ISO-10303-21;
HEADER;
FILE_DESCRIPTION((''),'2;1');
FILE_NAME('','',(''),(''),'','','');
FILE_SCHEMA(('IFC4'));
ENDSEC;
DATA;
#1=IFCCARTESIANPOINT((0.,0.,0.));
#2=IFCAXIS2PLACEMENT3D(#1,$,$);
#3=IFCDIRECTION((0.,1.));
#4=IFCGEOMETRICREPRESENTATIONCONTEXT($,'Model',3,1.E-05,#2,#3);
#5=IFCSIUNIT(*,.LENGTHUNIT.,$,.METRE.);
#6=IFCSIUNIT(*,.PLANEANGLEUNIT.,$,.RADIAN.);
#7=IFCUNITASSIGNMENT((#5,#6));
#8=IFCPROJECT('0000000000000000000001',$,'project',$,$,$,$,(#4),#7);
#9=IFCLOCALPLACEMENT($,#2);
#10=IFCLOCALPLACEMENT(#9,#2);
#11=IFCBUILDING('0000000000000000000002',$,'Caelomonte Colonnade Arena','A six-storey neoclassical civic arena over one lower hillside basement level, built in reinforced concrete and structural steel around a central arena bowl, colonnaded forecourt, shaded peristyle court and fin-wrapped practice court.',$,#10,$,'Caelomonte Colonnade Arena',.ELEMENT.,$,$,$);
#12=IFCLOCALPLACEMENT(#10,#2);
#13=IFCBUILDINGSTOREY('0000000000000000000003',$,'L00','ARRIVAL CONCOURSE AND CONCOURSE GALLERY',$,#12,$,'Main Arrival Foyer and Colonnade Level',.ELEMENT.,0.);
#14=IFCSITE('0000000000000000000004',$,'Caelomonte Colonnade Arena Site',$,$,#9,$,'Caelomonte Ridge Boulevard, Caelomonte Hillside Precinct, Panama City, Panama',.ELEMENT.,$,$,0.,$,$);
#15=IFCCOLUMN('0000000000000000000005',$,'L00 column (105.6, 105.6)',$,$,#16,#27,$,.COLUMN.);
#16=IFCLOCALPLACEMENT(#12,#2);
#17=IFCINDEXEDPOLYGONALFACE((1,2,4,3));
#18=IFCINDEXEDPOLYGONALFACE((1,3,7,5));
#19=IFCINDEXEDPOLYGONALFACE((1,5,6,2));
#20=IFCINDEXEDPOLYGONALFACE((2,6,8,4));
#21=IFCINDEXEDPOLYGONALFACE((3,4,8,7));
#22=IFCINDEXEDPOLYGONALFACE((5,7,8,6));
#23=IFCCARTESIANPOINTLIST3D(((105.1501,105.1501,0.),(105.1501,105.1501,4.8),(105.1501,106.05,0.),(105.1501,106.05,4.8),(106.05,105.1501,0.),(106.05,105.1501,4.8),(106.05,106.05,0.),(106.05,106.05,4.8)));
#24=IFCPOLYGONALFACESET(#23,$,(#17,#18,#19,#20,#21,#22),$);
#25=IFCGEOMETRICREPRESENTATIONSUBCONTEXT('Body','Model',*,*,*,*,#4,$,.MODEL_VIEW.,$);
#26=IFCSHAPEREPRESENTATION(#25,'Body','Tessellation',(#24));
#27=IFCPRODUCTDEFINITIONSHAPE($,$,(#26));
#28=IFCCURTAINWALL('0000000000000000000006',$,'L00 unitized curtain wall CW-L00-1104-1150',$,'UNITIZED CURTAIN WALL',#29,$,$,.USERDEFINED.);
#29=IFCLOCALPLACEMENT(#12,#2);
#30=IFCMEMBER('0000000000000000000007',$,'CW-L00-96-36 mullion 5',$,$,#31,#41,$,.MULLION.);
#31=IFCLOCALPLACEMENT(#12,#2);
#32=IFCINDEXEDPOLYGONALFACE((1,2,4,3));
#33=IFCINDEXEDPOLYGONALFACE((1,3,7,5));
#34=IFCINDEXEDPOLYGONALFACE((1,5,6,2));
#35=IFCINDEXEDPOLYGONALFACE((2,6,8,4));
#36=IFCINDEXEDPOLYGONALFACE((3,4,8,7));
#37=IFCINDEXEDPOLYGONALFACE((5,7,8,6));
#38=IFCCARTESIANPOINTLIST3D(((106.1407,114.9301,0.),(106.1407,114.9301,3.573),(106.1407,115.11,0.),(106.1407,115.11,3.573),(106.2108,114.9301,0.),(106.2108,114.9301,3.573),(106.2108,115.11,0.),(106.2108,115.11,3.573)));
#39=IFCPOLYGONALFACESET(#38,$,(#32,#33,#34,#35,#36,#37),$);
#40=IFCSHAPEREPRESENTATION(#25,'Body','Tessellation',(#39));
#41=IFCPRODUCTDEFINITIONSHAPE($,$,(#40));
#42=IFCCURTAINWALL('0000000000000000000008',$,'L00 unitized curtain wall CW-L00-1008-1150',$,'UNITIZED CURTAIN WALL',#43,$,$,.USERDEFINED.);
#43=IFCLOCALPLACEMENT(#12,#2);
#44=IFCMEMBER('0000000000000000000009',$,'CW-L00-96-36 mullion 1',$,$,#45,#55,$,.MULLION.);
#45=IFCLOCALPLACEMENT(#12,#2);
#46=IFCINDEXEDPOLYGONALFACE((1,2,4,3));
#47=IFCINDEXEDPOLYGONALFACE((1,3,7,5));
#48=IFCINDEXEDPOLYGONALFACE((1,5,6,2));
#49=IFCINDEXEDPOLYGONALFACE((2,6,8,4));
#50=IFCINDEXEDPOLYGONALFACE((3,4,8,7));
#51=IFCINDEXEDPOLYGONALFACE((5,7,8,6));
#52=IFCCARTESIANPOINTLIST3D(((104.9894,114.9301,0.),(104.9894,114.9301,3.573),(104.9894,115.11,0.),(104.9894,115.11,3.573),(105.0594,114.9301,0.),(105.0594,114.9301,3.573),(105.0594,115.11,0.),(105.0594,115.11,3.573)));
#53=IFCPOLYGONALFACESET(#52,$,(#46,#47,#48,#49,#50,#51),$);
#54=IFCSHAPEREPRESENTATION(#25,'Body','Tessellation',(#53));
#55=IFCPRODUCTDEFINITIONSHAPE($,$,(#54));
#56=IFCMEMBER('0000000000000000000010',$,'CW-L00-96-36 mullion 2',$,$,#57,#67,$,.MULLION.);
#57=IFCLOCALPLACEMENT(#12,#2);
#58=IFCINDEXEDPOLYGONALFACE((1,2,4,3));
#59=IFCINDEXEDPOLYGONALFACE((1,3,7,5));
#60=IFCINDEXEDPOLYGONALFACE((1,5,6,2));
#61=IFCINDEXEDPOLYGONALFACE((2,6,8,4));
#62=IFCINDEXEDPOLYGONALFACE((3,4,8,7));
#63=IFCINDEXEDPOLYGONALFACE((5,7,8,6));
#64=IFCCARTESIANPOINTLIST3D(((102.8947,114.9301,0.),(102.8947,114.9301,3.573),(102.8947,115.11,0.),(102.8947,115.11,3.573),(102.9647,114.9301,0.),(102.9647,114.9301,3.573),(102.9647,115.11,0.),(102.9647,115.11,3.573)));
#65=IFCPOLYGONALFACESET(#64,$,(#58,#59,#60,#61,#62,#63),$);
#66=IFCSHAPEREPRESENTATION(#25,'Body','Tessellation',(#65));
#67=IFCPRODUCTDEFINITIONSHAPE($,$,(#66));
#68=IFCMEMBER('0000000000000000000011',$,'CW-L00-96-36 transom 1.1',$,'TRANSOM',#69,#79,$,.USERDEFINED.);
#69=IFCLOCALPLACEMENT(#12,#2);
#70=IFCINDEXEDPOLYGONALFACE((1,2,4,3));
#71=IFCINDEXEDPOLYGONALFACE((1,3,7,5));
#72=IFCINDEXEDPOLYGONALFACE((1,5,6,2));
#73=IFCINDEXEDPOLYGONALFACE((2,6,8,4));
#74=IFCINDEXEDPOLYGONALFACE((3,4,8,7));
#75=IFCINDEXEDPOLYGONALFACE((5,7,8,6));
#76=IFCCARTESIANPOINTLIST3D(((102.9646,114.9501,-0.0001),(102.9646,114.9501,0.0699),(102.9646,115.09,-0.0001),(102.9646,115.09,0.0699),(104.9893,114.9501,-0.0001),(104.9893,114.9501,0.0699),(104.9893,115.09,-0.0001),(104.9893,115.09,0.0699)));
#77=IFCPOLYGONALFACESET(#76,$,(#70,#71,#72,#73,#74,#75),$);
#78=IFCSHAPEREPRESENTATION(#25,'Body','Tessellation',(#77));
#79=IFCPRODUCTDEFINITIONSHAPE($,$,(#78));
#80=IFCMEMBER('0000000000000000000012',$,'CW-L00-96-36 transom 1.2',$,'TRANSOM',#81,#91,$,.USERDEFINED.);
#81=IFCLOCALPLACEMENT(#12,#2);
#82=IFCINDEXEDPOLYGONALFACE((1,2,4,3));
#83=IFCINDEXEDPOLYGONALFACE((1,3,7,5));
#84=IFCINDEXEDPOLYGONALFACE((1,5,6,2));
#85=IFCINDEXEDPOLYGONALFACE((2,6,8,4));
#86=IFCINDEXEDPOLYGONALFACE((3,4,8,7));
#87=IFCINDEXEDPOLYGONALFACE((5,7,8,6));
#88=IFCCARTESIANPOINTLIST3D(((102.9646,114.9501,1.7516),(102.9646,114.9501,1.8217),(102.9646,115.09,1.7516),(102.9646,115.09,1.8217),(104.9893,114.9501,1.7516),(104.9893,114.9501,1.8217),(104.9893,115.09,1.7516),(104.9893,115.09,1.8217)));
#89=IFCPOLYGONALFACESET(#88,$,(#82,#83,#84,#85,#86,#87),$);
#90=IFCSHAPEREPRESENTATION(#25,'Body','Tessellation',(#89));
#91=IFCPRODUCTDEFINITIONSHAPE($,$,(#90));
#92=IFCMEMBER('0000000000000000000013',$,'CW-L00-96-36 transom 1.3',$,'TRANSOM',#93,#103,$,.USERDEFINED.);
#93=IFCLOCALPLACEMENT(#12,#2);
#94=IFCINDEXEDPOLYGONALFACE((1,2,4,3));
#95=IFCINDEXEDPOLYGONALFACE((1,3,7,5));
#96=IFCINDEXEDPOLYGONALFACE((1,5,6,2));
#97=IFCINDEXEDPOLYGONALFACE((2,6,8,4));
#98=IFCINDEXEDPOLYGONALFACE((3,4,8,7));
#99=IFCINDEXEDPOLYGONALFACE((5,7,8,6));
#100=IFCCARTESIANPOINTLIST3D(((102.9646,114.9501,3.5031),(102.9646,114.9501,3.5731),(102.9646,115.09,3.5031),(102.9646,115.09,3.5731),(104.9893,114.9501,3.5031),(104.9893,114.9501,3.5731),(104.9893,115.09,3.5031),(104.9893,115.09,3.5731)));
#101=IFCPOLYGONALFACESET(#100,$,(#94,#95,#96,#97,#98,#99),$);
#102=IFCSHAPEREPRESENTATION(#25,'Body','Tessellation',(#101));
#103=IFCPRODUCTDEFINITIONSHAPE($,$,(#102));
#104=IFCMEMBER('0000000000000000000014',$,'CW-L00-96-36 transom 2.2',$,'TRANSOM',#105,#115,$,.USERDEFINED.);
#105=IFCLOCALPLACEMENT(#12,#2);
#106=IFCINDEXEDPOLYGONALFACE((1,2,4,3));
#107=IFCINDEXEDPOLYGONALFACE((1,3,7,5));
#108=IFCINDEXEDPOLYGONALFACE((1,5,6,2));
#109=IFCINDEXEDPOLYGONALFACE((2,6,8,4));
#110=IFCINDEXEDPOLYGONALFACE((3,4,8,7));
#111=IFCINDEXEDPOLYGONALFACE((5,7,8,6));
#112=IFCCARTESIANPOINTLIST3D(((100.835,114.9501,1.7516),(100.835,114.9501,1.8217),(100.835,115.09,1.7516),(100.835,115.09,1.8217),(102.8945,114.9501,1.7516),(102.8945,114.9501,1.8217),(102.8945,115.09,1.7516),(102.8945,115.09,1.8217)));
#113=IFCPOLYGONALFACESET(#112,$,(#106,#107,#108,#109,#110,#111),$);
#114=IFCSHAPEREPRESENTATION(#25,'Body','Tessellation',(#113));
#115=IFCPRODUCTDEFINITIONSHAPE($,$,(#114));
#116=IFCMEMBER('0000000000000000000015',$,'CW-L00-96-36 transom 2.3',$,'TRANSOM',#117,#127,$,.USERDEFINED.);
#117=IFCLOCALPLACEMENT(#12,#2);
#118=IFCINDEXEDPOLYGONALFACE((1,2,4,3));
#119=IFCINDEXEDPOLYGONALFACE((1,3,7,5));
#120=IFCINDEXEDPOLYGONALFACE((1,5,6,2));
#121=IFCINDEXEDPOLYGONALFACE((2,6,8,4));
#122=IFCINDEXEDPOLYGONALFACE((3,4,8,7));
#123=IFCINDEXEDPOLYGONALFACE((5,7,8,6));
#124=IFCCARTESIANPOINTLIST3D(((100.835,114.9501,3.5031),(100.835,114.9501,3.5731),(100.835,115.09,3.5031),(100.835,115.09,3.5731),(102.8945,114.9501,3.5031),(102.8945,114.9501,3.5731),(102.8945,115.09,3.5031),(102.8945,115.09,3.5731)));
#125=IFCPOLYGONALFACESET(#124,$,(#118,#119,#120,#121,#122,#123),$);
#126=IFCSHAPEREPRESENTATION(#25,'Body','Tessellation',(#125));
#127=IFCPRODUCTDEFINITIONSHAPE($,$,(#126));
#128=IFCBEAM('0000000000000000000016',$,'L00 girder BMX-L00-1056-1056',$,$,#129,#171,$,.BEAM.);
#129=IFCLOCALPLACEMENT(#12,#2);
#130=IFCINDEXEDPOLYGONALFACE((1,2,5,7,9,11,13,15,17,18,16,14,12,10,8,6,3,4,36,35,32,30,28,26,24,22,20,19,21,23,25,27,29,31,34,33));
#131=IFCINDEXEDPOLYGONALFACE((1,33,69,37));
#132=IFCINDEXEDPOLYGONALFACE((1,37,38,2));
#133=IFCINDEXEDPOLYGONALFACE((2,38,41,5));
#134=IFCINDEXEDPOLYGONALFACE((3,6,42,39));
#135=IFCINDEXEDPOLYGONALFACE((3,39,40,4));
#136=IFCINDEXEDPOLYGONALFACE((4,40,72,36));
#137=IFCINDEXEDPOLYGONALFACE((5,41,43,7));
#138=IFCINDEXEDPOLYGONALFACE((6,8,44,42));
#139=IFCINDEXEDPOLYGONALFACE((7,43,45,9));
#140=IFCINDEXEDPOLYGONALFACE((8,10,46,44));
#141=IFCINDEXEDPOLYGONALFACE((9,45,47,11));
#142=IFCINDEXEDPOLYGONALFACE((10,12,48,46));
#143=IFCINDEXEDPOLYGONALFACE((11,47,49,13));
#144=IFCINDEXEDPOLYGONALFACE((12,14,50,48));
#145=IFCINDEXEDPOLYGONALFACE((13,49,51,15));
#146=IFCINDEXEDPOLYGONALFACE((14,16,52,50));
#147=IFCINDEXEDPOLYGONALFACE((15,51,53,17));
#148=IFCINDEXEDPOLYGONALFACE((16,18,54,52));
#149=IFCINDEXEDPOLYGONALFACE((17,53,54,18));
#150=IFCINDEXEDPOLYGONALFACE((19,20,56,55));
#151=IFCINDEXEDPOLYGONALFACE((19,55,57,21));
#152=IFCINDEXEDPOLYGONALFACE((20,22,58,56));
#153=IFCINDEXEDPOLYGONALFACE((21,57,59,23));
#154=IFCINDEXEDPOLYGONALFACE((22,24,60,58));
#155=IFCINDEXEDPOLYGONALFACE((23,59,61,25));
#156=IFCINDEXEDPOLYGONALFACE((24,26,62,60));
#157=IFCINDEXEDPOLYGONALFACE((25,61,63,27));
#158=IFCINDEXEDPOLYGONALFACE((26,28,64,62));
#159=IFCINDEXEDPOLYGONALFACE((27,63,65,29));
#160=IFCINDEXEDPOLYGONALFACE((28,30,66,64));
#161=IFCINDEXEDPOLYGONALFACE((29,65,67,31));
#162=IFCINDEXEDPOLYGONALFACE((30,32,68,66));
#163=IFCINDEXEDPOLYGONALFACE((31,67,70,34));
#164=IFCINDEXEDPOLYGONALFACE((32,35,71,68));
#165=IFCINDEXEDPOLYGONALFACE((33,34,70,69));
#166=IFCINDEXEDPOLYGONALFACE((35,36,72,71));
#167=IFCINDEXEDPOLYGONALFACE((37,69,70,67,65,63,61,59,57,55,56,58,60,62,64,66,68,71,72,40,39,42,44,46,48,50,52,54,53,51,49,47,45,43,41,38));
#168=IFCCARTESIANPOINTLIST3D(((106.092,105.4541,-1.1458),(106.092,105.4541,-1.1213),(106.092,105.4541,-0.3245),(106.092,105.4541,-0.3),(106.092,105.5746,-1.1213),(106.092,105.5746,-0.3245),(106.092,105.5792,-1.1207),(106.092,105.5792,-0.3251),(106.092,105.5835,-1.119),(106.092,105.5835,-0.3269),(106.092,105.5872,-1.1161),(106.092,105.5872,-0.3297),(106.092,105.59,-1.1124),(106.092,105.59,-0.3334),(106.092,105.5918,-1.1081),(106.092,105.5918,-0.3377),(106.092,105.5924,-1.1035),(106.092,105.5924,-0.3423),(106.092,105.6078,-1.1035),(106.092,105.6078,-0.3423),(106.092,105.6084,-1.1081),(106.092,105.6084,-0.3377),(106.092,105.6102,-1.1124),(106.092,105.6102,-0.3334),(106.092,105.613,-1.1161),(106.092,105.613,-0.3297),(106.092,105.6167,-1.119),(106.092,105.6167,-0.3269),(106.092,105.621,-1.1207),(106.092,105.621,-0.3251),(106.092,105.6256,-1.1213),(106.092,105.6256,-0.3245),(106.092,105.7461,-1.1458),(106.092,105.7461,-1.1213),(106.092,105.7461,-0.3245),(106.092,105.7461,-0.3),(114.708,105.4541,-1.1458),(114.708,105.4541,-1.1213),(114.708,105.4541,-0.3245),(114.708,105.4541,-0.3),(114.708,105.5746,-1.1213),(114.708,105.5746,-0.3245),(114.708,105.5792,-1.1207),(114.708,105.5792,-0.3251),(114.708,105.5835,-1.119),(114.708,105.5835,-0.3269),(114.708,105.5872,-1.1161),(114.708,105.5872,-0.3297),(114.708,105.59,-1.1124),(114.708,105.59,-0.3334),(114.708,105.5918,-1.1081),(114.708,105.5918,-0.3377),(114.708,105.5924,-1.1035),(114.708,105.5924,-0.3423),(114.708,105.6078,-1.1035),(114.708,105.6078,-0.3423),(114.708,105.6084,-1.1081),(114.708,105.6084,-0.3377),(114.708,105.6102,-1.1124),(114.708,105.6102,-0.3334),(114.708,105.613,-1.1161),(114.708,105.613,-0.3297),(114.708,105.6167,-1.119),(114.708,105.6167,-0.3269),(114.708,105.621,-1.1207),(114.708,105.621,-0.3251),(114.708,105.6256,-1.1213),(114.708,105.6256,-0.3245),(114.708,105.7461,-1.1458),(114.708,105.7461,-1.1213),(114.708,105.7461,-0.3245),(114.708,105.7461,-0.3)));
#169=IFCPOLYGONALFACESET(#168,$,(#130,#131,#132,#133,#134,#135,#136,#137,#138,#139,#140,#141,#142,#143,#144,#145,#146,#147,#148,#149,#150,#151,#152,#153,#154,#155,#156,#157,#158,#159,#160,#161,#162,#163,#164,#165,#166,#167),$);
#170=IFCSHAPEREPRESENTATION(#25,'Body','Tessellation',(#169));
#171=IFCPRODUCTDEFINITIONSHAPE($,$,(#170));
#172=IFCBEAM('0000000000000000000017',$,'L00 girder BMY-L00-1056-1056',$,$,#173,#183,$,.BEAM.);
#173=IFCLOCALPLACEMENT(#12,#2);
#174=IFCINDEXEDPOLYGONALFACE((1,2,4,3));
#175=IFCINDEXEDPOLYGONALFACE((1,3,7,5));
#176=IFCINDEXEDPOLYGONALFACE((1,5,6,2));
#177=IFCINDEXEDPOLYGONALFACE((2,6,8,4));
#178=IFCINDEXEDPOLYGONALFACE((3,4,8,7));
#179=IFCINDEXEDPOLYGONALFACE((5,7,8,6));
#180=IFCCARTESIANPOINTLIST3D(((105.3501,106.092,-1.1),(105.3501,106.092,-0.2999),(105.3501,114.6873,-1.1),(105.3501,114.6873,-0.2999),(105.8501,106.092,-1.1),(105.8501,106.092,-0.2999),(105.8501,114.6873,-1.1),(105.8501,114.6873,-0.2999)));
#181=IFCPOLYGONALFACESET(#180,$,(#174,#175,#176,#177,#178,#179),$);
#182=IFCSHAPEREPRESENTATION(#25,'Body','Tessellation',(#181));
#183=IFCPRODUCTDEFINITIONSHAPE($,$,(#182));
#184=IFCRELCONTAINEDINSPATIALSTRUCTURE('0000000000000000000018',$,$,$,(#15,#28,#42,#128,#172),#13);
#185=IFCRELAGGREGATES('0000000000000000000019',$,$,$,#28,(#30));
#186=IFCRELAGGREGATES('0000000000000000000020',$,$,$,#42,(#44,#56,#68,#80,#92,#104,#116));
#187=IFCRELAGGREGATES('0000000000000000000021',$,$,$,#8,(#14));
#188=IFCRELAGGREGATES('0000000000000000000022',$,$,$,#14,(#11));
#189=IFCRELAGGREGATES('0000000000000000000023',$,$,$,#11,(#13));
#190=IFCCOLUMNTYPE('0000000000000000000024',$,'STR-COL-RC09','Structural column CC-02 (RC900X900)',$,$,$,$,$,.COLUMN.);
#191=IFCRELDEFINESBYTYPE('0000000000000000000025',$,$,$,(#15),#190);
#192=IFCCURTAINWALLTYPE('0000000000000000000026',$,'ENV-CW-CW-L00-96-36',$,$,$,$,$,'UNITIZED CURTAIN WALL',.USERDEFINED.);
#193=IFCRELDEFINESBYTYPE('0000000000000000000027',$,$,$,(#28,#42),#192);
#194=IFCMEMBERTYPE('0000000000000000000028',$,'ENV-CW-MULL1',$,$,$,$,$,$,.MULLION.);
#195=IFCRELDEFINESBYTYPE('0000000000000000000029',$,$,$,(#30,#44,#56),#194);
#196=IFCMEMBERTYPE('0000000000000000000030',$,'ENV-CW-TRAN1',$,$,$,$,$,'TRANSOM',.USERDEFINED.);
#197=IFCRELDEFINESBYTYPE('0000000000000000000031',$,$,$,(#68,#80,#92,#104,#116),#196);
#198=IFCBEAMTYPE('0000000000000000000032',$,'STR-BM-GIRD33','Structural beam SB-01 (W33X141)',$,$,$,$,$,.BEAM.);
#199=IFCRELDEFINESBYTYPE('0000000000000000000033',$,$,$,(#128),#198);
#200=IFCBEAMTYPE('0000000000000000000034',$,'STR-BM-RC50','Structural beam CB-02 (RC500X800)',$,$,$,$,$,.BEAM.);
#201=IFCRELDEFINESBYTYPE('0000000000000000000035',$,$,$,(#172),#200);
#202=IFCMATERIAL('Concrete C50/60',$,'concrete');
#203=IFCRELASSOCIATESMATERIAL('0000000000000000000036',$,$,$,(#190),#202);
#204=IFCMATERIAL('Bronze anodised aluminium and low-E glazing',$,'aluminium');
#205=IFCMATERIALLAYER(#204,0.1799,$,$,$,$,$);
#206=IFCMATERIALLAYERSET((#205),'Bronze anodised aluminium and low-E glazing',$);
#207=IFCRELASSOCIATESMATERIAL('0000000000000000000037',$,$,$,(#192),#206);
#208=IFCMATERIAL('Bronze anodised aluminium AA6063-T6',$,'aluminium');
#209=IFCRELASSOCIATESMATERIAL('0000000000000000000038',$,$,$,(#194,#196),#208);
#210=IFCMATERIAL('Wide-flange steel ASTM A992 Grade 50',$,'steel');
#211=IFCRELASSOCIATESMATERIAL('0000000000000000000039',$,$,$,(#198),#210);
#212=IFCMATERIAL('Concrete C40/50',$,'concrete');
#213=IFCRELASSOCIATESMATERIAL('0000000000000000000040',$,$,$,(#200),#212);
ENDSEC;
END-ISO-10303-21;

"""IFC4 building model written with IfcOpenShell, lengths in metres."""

from ifc_helpers import new_model, si_unit, direction, frame, origin, origin_2d, place, context, subcontext, project, spatial, rectangle, i_section, extrude, material, layer, layer_set, material_profile, profile_set, type_object, element, aggregate, save


model = new_model("IFC4")

# Units and contexts
model_context = context("Model", 3, precision=1e-05, world=origin(), true_north=direction((0.0, 1.0)))
body_context = subcontext(model_context, "Body", "Model", "MODEL_VIEW")
ifc_project = project(units=[si_unit("LENGTHUNIT", "METRE"), si_unit("PLANEANGLEUNIT", "RADIAN")], contexts=[model_context])

# Site, building, storey
site_placement = place(None, origin())
site = spatial("IfcSite", under=ifc_project, at=site_placement, Name="Caelomonte Colonnade Arena Site", LongName="Caelomonte Ridge Boulevard, Caelomonte Hillside Precinct, Panama City, Panama", CompositionType="ELEMENT", RefElevation=0.0)
building_placement = place(site_placement, origin())
building = spatial("IfcBuilding", under=site, at=building_placement, Name="Caelomonte Colonnade Arena", Description="A six-storey neoclassical civic arena over one lower hillside basement level, built in reinforced concrete and structural steel around a central arena bowl, colonnaded forecourt, shaded peristyle court and fin-wrapped practice court.", LongName="Caelomonte Colonnade Arena", CompositionType="ELEMENT")
storey_placement = place(building_placement, origin())
storey = spatial("IfcBuildingStorey", under=building, at=storey_placement, Name="L00", Description="ARRIVAL CONCOURSE AND CONCOURSE GALLERY", LongName="Main Arrival Foyer and Colonnade Level", CompositionType="ELEMENT", Elevation=0.0)

# Column
ifc_material_1 = material(Name="Concrete C50/60", Category="concrete")
ifc_material_profile_1 = material_profile(ifc_material_1, rectangle(XDim=0.8999, YDim=0.8999, at=origin_2d()), Name="RC900X900")
ifc_profile_set_1 = profile_set([ifc_material_profile_1], Name="Concrete C50/60")
column_type = type_object("IfcColumnType", Name="STR-COL-RC09", Description="Structural column CC-02 (RC900X900)", PredefinedType="COLUMN", material=ifc_profile_set_1)
column_placement = place(storey_placement, frame((105.6001, 105.6001, 0.0), z_axis=(0.0, 0.0, 1.0), x_axis=(1.0, 0.0, 0.0)))
element("IfcColumn", 1, at=column_placement, inside=storey, type_object=column_type, Name="L00 column (105.6, 105.6)", PredefinedType="COLUMN", context=body_context, shape_type="SweptSolid", body=[
    extrude(rectangle(XDim=0.8999, YDim=0.8999, at=origin_2d()), origin(), (0.0, 0.0, 1.0), 4.8),
])

# Curtain wall, member
ifc_material_2 = material(Name="Bronze anodised aluminium and low-E glazing", Category="aluminium")
ifc_layer_1 = layer(ifc_material_2, 0.1799)
ifc_layer_set_1 = layer_set([ifc_layer_1], Name="Bronze anodised aluminium and low-E glazing")
curtain_wall_type = type_object("IfcCurtainWallType", Name="ENV-CW-CW-L00-96-36", ElementType="UNITIZED CURTAIN WALL", PredefinedType="USERDEFINED", material=ifc_layer_set_1)
curtain_wall_1_placement = place(storey_placement, origin())
curtain_wall_1 = element("IfcCurtainWall", 2, at=curtain_wall_1_placement, inside=storey, type_object=curtain_wall_type, Name="L00 unitized curtain wall CW-L00-1104-1150", ObjectType="UNITIZED CURTAIN WALL", PredefinedType="USERDEFINED")
ifc_material_3 = material(Name="Bronze anodised aluminium AA6063-T6", Category="aluminium")
ifc_material_profile_2 = material_profile(ifc_material_3, rectangle(XDim=0.0701, YDim=0.1799, at=origin_2d()), Name="CWM-70X180")
ifc_profile_set_2 = profile_set([ifc_material_profile_2], Name="Bronze anodised aluminium AA6063-T6")
member_type_1 = type_object("IfcMemberType", Name="ENV-CW-MULL1", PredefinedType="MULLION", material=ifc_profile_set_2)
member_1_placement = place(storey_placement, frame((106.1758, 115.02, 0.0), z_axis=(0.0, 0.0, 1.0), x_axis=(-1.0, 0.0, 0.0)))
member_1 = element("IfcMember", 3, at=member_1_placement, type_object=member_type_1, Name="CW-L00-96-36 mullion 5", PredefinedType="MULLION", context=body_context, shape_type="SweptSolid", body=[
    extrude(rectangle(XDim=0.0701, YDim=0.1799, at=origin_2d()), origin(), (0.0, 0.0, 1.0), 3.573),
])
aggregate(curtain_wall_1, [member_1])

# Curtain wall, members
curtain_wall_2_placement = place(storey_placement, origin())
curtain_wall_2 = element("IfcCurtainWall", 4, at=curtain_wall_2_placement, inside=storey, type_object=curtain_wall_type, Name="L00 unitized curtain wall CW-L00-1008-1150", ObjectType="UNITIZED CURTAIN WALL", PredefinedType="USERDEFINED")
member_2_placement = place(storey_placement, frame((105.0244, 115.02, 0.0), z_axis=(0.0, 0.0, 1.0), x_axis=(-1.0, 0.0, 0.0)))
member_2 = element("IfcMember", 5, at=member_2_placement, type_object=member_type_1, Name="CW-L00-96-36 mullion 1", PredefinedType="MULLION", context=body_context, shape_type="SweptSolid", body=[
    extrude(rectangle(XDim=0.0701, YDim=0.1799, at=origin_2d()), origin(), (0.0, 0.0, 1.0), 3.573),
])
member_3_placement = place(storey_placement, frame((102.9297, 115.02, 0.0), z_axis=(0.0, 0.0, 1.0), x_axis=(-1.0, 0.0, 0.0)))
member_3 = element("IfcMember", 6, at=member_3_placement, type_object=member_type_1, Name="CW-L00-96-36 mullion 2", PredefinedType="MULLION", context=body_context, shape_type="SweptSolid", body=[
    extrude(rectangle(XDim=0.0701, YDim=0.1799, at=origin_2d()), origin(), (0.0, 0.0, 1.0), 3.573),
])
ifc_material_profile_3 = material_profile(ifc_material_3, rectangle(XDim=0.0701, YDim=0.1399, at=origin_2d()), Name="CWT-70X140")
ifc_profile_set_3 = profile_set([ifc_material_profile_3], Name="Bronze anodised aluminium AA6063-T6")
member_type_2 = type_object("IfcMemberType", Name="ENV-CW-TRAN1", ElementType="TRANSOM", PredefinedType="USERDEFINED", material=ifc_profile_set_3)
member_4_placement = place(storey_placement, frame((104.9893, 115.02, 0.0349), z_axis=(-1.0, 0.0, 0.0), x_axis=(0.0, 0.0, 1.0)))
member_4 = element("IfcMember", 7, at=member_4_placement, type_object=member_type_2, Name="CW-L00-96-36 transom 1.1", ObjectType="TRANSOM", PredefinedType="USERDEFINED", context=body_context, shape_type="SweptSolid", body=[
    extrude(rectangle(XDim=0.0701, YDim=0.1399, at=origin_2d()), origin(), (0.0, 0.0, 1.0), 2.0247),
])
member_5_placement = place(storey_placement, frame((104.9893, 115.02, 1.7866), z_axis=(-1.0, 0.0, 0.0), x_axis=(0.0, 0.0, 1.0)))
member_5 = element("IfcMember", 8, at=member_5_placement, type_object=member_type_2, Name="CW-L00-96-36 transom 1.2", ObjectType="TRANSOM", PredefinedType="USERDEFINED", context=body_context, shape_type="SweptSolid", body=[
    extrude(rectangle(XDim=0.0701, YDim=0.1399, at=origin_2d()), origin(), (0.0, 0.0, 1.0), 2.0247),
])
member_6_placement = place(storey_placement, frame((104.9893, 115.02, 3.5381), z_axis=(-1.0, 0.0, 0.0), x_axis=(0.0, 0.0, 1.0)))
member_6 = element("IfcMember", 9, at=member_6_placement, type_object=member_type_2, Name="CW-L00-96-36 transom 1.3", ObjectType="TRANSOM", PredefinedType="USERDEFINED", context=body_context, shape_type="SweptSolid", body=[
    extrude(rectangle(XDim=0.0701, YDim=0.1399, at=origin_2d()), origin(), (0.0, 0.0, 1.0), 2.0247),
])
member_7_placement = place(storey_placement, frame((102.8945, 115.02, 1.7866), z_axis=(-1.0, 0.0, 0.0), x_axis=(0.0, 0.0, 1.0)))
member_7 = element("IfcMember", 10, at=member_7_placement, type_object=member_type_2, Name="CW-L00-96-36 transom 2.2", ObjectType="TRANSOM", PredefinedType="USERDEFINED", context=body_context, shape_type="SweptSolid", body=[
    extrude(rectangle(XDim=0.0701, YDim=0.1399, at=origin_2d()), origin(), (0.0, 0.0, 1.0), 2.0596),
])
member_8_placement = place(storey_placement, frame((102.8945, 115.02, 3.5381), z_axis=(-1.0, 0.0, 0.0), x_axis=(0.0, 0.0, 1.0)))
member_8 = element("IfcMember", 11, at=member_8_placement, type_object=member_type_2, Name="CW-L00-96-36 transom 2.3", ObjectType="TRANSOM", PredefinedType="USERDEFINED", context=body_context, shape_type="SweptSolid", body=[
    extrude(rectangle(XDim=0.0701, YDim=0.1399, at=origin_2d()), origin(), (0.0, 0.0, 1.0), 2.0596),
])

# Beams
ifc_material_4 = material(Name="Wide-flange steel ASTM A992 Grade 50", Category="steel")
ifc_material_profile_4 = material_profile(ifc_material_4, i_section(OverallWidth=0.292, OverallDepth=0.8457, WebThickness=0.0154, FlangeThickness=0.0244, FilletRadius=0.0178, at=origin_2d()), Name="W33X141")
ifc_profile_set_4 = profile_set([ifc_material_profile_4], Name="Wide-flange steel ASTM A992 Grade 50")
beam_type_1 = type_object("IfcBeamType", Name="STR-BM-GIRD33", Description="Structural beam SB-01 (W33X141)", PredefinedType="BEAM", material=ifc_profile_set_4)
beam_1_placement = place(storey_placement, frame((106.092, 105.6001, -0.7229), z_axis=(1.0, 0.0, 0.0), x_axis=(0.0, 1.0, 0.0)))
element("IfcBeam", 12, at=beam_1_placement, inside=storey, type_object=beam_type_1, Name="L00 girder BMX-L00-1056-1056", PredefinedType="BEAM", context=body_context, shape_type="SweptSolid", body=[
    extrude(i_section(OverallWidth=0.292, OverallDepth=0.8457, WebThickness=0.0154, FlangeThickness=0.0244, FilletRadius=0.0178, at=origin_2d()), origin(), (0.0, 0.0, 1.0), 8.616),
])
ifc_material_5 = material(Name="Concrete C40/50", Category="concrete")
ifc_material_profile_5 = material_profile(ifc_material_5, rectangle(XDim=0.5, YDim=0.8, at=origin_2d()), Name="RC500X800")
ifc_profile_set_5 = profile_set([ifc_material_profile_5], Name="Concrete C40/50")
beam_type_2 = type_object("IfcBeamType", Name="STR-BM-RC50", Description="Structural beam CB-02 (RC500X800)", PredefinedType="BEAM", material=ifc_profile_set_5)
beam_2_placement = place(storey_placement, frame((105.6001, 106.092, -0.7), z_axis=(0.0, 1.0, 0.0), x_axis=(-1.0, 0.0, 0.0)))
element("IfcBeam", 13, at=beam_2_placement, inside=storey, type_object=beam_type_2, Name="L00 girder BMY-L00-1056-1056", PredefinedType="BEAM", context=body_context, shape_type="SweptSolid", body=[
    extrude(rectangle(XDim=0.5, YDim=0.8, at=origin_2d()), origin(), (0.0, 0.0, 1.0), 8.5952),
])

aggregate(curtain_wall_2, [member_2, member_3, member_4, member_5, member_6, member_7, member_8])

save(model, "model.ifc")
